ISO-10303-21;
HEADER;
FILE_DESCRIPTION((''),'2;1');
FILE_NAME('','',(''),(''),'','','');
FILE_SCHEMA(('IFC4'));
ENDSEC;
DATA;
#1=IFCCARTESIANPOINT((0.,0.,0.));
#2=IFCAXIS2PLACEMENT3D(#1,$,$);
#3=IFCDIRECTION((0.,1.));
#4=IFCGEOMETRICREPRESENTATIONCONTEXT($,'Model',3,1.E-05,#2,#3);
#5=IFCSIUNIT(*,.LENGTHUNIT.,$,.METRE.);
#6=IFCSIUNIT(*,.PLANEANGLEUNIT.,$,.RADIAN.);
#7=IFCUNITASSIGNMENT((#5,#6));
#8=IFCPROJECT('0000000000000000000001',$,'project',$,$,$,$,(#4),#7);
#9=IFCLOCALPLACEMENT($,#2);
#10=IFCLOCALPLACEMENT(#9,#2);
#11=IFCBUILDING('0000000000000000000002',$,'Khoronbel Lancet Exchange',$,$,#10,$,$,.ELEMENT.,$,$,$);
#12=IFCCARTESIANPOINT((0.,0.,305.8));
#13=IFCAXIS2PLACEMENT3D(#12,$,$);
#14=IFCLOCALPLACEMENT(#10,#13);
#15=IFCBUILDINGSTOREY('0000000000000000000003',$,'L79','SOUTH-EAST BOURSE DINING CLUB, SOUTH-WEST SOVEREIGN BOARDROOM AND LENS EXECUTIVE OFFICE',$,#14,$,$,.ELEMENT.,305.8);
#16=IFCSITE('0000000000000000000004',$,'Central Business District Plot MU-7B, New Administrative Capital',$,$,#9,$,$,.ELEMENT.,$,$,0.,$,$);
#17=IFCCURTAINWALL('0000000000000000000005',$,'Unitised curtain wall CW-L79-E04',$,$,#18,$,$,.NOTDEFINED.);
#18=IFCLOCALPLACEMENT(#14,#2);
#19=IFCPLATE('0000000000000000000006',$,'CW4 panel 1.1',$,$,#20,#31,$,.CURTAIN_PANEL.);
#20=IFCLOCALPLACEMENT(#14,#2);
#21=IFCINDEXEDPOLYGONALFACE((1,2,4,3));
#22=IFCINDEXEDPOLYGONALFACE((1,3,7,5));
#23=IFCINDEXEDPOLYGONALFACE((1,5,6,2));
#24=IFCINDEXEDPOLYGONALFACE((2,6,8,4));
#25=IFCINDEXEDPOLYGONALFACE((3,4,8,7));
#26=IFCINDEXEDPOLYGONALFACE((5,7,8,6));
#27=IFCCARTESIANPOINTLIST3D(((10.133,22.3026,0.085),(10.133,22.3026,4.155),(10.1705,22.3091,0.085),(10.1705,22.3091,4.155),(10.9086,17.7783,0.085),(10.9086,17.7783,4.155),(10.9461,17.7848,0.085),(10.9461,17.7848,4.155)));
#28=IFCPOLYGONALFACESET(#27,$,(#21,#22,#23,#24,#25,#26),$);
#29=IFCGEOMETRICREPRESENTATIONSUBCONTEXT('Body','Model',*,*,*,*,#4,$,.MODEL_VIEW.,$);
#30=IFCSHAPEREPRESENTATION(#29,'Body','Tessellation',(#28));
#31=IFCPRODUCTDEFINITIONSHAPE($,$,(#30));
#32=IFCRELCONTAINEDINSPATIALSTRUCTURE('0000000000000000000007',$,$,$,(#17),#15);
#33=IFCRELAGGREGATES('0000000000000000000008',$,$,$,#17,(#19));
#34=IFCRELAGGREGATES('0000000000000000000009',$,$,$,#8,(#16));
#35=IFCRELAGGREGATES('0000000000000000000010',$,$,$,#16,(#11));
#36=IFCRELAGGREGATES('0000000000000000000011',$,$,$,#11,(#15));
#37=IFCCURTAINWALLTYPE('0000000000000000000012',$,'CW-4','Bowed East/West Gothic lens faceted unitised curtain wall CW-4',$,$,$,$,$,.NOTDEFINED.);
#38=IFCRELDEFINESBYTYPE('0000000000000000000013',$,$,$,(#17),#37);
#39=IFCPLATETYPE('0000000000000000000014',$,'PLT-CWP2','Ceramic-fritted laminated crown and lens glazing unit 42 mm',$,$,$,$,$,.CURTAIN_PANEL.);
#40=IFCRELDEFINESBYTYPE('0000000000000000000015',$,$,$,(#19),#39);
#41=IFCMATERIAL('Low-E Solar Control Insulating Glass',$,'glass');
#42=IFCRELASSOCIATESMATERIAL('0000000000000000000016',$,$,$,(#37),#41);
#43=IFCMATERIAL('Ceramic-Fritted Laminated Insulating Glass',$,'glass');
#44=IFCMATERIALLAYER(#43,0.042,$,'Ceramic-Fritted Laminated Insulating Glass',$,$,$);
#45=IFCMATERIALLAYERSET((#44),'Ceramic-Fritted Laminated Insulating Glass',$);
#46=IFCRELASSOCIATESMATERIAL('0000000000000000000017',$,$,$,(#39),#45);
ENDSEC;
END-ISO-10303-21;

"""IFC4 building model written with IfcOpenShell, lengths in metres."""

from ifc_helpers import new_model, si_unit, direction, frame, origin, origin_2d, place, context, subcontext, project, spatial, rectangle, extrude, material, layer, layer_set, type_object, element, aggregate, save


model = new_model("IFC4")

# Units and contexts
model_context = context("Model", 3, precision=1e-05, world=origin(), true_north=direction((0.0, 1.0)))
body_context = subcontext(model_context, "Body", "Model", "MODEL_VIEW")
ifc_project = project(units=[si_unit("LENGTHUNIT", "METRE"), si_unit("PLANEANGLEUNIT", "RADIAN")], contexts=[model_context])

# Site, building, storey
site_placement = place(None, origin())
site = spatial("IfcSite", under=ifc_project, at=site_placement, Name="Central Business District Plot MU-7B, New Administrative Capital", CompositionType="ELEMENT", RefElevation=0.0)
building_placement = place(site_placement, origin())
building = spatial("IfcBuilding", under=site, at=building_placement, Name="Khoronbel Lancet Exchange", CompositionType="ELEMENT")
storey_placement = place(building_placement, frame((0.0, 0.0, 305.8)))
storey = spatial("IfcBuildingStorey", under=building, at=storey_placement, Name="L79", Description="SOUTH-EAST BOURSE DINING CLUB, SOUTH-WEST SOVEREIGN BOARDROOM AND LENS EXECUTIVE OFFICE", CompositionType="ELEMENT", Elevation=305.8)

# Curtain wall
ifc_material_1 = material(Name="Low-E Solar Control Insulating Glass", Category="glass")
curtain_wall_type = type_object("IfcCurtainWallType", Name="CW-4", Description="Bowed East/West Gothic lens faceted unitised curtain wall CW-4", PredefinedType="NOTDEFINED", material=ifc_material_1)
curtain_wall_1_placement = place(storey_placement, origin())
curtain_wall_1 = element("IfcCurtainWall", 1, at=curtain_wall_1_placement, inside=storey, type_object=curtain_wall_type, Name="Unitised curtain wall CW-L79-E04", PredefinedType="NOTDEFINED")

# Plate
ifc_material_2 = material(Name="Ceramic-Fritted Laminated Insulating Glass", Category="glass")
ifc_layer_1 = layer(ifc_material_2, 0.042, Name="Ceramic-Fritted Laminated Insulating Glass")
ifc_layer_set_1 = layer_set([ifc_layer_1], Name="Ceramic-Fritted Laminated Insulating Glass")
plate_type_1 = type_object("IfcPlateType", Name="PLT-CWP2", Description="Ceramic-fritted laminated crown and lens glazing unit 42 mm", PredefinedType="CURTAIN_PANEL", material=ifc_layer_set_1)
plate_1_placement = place(storey_placement, frame((10.5396, 20.0437, 0.085), z_axis=(0.0, 0.0, 1.0), x_axis=(-0.168974, 0.98562, 0.0)))
plate_1 = element("IfcPlate", 2, at=plate_1_placement, type_object=plate_type_1, Name="CW4 panel 1.1", PredefinedType="CURTAIN_PANEL", context=body_context, shape_type="SweptSolid", body=[
    extrude(rectangle(XDim=4.5903, YDim=0.0381, at=origin_2d()), origin(), (0.0, 0.0, 1.0), 4.0701),
])
aggregate(curtain_wall_1, [plate_1])

save(model, "model.ifc")
